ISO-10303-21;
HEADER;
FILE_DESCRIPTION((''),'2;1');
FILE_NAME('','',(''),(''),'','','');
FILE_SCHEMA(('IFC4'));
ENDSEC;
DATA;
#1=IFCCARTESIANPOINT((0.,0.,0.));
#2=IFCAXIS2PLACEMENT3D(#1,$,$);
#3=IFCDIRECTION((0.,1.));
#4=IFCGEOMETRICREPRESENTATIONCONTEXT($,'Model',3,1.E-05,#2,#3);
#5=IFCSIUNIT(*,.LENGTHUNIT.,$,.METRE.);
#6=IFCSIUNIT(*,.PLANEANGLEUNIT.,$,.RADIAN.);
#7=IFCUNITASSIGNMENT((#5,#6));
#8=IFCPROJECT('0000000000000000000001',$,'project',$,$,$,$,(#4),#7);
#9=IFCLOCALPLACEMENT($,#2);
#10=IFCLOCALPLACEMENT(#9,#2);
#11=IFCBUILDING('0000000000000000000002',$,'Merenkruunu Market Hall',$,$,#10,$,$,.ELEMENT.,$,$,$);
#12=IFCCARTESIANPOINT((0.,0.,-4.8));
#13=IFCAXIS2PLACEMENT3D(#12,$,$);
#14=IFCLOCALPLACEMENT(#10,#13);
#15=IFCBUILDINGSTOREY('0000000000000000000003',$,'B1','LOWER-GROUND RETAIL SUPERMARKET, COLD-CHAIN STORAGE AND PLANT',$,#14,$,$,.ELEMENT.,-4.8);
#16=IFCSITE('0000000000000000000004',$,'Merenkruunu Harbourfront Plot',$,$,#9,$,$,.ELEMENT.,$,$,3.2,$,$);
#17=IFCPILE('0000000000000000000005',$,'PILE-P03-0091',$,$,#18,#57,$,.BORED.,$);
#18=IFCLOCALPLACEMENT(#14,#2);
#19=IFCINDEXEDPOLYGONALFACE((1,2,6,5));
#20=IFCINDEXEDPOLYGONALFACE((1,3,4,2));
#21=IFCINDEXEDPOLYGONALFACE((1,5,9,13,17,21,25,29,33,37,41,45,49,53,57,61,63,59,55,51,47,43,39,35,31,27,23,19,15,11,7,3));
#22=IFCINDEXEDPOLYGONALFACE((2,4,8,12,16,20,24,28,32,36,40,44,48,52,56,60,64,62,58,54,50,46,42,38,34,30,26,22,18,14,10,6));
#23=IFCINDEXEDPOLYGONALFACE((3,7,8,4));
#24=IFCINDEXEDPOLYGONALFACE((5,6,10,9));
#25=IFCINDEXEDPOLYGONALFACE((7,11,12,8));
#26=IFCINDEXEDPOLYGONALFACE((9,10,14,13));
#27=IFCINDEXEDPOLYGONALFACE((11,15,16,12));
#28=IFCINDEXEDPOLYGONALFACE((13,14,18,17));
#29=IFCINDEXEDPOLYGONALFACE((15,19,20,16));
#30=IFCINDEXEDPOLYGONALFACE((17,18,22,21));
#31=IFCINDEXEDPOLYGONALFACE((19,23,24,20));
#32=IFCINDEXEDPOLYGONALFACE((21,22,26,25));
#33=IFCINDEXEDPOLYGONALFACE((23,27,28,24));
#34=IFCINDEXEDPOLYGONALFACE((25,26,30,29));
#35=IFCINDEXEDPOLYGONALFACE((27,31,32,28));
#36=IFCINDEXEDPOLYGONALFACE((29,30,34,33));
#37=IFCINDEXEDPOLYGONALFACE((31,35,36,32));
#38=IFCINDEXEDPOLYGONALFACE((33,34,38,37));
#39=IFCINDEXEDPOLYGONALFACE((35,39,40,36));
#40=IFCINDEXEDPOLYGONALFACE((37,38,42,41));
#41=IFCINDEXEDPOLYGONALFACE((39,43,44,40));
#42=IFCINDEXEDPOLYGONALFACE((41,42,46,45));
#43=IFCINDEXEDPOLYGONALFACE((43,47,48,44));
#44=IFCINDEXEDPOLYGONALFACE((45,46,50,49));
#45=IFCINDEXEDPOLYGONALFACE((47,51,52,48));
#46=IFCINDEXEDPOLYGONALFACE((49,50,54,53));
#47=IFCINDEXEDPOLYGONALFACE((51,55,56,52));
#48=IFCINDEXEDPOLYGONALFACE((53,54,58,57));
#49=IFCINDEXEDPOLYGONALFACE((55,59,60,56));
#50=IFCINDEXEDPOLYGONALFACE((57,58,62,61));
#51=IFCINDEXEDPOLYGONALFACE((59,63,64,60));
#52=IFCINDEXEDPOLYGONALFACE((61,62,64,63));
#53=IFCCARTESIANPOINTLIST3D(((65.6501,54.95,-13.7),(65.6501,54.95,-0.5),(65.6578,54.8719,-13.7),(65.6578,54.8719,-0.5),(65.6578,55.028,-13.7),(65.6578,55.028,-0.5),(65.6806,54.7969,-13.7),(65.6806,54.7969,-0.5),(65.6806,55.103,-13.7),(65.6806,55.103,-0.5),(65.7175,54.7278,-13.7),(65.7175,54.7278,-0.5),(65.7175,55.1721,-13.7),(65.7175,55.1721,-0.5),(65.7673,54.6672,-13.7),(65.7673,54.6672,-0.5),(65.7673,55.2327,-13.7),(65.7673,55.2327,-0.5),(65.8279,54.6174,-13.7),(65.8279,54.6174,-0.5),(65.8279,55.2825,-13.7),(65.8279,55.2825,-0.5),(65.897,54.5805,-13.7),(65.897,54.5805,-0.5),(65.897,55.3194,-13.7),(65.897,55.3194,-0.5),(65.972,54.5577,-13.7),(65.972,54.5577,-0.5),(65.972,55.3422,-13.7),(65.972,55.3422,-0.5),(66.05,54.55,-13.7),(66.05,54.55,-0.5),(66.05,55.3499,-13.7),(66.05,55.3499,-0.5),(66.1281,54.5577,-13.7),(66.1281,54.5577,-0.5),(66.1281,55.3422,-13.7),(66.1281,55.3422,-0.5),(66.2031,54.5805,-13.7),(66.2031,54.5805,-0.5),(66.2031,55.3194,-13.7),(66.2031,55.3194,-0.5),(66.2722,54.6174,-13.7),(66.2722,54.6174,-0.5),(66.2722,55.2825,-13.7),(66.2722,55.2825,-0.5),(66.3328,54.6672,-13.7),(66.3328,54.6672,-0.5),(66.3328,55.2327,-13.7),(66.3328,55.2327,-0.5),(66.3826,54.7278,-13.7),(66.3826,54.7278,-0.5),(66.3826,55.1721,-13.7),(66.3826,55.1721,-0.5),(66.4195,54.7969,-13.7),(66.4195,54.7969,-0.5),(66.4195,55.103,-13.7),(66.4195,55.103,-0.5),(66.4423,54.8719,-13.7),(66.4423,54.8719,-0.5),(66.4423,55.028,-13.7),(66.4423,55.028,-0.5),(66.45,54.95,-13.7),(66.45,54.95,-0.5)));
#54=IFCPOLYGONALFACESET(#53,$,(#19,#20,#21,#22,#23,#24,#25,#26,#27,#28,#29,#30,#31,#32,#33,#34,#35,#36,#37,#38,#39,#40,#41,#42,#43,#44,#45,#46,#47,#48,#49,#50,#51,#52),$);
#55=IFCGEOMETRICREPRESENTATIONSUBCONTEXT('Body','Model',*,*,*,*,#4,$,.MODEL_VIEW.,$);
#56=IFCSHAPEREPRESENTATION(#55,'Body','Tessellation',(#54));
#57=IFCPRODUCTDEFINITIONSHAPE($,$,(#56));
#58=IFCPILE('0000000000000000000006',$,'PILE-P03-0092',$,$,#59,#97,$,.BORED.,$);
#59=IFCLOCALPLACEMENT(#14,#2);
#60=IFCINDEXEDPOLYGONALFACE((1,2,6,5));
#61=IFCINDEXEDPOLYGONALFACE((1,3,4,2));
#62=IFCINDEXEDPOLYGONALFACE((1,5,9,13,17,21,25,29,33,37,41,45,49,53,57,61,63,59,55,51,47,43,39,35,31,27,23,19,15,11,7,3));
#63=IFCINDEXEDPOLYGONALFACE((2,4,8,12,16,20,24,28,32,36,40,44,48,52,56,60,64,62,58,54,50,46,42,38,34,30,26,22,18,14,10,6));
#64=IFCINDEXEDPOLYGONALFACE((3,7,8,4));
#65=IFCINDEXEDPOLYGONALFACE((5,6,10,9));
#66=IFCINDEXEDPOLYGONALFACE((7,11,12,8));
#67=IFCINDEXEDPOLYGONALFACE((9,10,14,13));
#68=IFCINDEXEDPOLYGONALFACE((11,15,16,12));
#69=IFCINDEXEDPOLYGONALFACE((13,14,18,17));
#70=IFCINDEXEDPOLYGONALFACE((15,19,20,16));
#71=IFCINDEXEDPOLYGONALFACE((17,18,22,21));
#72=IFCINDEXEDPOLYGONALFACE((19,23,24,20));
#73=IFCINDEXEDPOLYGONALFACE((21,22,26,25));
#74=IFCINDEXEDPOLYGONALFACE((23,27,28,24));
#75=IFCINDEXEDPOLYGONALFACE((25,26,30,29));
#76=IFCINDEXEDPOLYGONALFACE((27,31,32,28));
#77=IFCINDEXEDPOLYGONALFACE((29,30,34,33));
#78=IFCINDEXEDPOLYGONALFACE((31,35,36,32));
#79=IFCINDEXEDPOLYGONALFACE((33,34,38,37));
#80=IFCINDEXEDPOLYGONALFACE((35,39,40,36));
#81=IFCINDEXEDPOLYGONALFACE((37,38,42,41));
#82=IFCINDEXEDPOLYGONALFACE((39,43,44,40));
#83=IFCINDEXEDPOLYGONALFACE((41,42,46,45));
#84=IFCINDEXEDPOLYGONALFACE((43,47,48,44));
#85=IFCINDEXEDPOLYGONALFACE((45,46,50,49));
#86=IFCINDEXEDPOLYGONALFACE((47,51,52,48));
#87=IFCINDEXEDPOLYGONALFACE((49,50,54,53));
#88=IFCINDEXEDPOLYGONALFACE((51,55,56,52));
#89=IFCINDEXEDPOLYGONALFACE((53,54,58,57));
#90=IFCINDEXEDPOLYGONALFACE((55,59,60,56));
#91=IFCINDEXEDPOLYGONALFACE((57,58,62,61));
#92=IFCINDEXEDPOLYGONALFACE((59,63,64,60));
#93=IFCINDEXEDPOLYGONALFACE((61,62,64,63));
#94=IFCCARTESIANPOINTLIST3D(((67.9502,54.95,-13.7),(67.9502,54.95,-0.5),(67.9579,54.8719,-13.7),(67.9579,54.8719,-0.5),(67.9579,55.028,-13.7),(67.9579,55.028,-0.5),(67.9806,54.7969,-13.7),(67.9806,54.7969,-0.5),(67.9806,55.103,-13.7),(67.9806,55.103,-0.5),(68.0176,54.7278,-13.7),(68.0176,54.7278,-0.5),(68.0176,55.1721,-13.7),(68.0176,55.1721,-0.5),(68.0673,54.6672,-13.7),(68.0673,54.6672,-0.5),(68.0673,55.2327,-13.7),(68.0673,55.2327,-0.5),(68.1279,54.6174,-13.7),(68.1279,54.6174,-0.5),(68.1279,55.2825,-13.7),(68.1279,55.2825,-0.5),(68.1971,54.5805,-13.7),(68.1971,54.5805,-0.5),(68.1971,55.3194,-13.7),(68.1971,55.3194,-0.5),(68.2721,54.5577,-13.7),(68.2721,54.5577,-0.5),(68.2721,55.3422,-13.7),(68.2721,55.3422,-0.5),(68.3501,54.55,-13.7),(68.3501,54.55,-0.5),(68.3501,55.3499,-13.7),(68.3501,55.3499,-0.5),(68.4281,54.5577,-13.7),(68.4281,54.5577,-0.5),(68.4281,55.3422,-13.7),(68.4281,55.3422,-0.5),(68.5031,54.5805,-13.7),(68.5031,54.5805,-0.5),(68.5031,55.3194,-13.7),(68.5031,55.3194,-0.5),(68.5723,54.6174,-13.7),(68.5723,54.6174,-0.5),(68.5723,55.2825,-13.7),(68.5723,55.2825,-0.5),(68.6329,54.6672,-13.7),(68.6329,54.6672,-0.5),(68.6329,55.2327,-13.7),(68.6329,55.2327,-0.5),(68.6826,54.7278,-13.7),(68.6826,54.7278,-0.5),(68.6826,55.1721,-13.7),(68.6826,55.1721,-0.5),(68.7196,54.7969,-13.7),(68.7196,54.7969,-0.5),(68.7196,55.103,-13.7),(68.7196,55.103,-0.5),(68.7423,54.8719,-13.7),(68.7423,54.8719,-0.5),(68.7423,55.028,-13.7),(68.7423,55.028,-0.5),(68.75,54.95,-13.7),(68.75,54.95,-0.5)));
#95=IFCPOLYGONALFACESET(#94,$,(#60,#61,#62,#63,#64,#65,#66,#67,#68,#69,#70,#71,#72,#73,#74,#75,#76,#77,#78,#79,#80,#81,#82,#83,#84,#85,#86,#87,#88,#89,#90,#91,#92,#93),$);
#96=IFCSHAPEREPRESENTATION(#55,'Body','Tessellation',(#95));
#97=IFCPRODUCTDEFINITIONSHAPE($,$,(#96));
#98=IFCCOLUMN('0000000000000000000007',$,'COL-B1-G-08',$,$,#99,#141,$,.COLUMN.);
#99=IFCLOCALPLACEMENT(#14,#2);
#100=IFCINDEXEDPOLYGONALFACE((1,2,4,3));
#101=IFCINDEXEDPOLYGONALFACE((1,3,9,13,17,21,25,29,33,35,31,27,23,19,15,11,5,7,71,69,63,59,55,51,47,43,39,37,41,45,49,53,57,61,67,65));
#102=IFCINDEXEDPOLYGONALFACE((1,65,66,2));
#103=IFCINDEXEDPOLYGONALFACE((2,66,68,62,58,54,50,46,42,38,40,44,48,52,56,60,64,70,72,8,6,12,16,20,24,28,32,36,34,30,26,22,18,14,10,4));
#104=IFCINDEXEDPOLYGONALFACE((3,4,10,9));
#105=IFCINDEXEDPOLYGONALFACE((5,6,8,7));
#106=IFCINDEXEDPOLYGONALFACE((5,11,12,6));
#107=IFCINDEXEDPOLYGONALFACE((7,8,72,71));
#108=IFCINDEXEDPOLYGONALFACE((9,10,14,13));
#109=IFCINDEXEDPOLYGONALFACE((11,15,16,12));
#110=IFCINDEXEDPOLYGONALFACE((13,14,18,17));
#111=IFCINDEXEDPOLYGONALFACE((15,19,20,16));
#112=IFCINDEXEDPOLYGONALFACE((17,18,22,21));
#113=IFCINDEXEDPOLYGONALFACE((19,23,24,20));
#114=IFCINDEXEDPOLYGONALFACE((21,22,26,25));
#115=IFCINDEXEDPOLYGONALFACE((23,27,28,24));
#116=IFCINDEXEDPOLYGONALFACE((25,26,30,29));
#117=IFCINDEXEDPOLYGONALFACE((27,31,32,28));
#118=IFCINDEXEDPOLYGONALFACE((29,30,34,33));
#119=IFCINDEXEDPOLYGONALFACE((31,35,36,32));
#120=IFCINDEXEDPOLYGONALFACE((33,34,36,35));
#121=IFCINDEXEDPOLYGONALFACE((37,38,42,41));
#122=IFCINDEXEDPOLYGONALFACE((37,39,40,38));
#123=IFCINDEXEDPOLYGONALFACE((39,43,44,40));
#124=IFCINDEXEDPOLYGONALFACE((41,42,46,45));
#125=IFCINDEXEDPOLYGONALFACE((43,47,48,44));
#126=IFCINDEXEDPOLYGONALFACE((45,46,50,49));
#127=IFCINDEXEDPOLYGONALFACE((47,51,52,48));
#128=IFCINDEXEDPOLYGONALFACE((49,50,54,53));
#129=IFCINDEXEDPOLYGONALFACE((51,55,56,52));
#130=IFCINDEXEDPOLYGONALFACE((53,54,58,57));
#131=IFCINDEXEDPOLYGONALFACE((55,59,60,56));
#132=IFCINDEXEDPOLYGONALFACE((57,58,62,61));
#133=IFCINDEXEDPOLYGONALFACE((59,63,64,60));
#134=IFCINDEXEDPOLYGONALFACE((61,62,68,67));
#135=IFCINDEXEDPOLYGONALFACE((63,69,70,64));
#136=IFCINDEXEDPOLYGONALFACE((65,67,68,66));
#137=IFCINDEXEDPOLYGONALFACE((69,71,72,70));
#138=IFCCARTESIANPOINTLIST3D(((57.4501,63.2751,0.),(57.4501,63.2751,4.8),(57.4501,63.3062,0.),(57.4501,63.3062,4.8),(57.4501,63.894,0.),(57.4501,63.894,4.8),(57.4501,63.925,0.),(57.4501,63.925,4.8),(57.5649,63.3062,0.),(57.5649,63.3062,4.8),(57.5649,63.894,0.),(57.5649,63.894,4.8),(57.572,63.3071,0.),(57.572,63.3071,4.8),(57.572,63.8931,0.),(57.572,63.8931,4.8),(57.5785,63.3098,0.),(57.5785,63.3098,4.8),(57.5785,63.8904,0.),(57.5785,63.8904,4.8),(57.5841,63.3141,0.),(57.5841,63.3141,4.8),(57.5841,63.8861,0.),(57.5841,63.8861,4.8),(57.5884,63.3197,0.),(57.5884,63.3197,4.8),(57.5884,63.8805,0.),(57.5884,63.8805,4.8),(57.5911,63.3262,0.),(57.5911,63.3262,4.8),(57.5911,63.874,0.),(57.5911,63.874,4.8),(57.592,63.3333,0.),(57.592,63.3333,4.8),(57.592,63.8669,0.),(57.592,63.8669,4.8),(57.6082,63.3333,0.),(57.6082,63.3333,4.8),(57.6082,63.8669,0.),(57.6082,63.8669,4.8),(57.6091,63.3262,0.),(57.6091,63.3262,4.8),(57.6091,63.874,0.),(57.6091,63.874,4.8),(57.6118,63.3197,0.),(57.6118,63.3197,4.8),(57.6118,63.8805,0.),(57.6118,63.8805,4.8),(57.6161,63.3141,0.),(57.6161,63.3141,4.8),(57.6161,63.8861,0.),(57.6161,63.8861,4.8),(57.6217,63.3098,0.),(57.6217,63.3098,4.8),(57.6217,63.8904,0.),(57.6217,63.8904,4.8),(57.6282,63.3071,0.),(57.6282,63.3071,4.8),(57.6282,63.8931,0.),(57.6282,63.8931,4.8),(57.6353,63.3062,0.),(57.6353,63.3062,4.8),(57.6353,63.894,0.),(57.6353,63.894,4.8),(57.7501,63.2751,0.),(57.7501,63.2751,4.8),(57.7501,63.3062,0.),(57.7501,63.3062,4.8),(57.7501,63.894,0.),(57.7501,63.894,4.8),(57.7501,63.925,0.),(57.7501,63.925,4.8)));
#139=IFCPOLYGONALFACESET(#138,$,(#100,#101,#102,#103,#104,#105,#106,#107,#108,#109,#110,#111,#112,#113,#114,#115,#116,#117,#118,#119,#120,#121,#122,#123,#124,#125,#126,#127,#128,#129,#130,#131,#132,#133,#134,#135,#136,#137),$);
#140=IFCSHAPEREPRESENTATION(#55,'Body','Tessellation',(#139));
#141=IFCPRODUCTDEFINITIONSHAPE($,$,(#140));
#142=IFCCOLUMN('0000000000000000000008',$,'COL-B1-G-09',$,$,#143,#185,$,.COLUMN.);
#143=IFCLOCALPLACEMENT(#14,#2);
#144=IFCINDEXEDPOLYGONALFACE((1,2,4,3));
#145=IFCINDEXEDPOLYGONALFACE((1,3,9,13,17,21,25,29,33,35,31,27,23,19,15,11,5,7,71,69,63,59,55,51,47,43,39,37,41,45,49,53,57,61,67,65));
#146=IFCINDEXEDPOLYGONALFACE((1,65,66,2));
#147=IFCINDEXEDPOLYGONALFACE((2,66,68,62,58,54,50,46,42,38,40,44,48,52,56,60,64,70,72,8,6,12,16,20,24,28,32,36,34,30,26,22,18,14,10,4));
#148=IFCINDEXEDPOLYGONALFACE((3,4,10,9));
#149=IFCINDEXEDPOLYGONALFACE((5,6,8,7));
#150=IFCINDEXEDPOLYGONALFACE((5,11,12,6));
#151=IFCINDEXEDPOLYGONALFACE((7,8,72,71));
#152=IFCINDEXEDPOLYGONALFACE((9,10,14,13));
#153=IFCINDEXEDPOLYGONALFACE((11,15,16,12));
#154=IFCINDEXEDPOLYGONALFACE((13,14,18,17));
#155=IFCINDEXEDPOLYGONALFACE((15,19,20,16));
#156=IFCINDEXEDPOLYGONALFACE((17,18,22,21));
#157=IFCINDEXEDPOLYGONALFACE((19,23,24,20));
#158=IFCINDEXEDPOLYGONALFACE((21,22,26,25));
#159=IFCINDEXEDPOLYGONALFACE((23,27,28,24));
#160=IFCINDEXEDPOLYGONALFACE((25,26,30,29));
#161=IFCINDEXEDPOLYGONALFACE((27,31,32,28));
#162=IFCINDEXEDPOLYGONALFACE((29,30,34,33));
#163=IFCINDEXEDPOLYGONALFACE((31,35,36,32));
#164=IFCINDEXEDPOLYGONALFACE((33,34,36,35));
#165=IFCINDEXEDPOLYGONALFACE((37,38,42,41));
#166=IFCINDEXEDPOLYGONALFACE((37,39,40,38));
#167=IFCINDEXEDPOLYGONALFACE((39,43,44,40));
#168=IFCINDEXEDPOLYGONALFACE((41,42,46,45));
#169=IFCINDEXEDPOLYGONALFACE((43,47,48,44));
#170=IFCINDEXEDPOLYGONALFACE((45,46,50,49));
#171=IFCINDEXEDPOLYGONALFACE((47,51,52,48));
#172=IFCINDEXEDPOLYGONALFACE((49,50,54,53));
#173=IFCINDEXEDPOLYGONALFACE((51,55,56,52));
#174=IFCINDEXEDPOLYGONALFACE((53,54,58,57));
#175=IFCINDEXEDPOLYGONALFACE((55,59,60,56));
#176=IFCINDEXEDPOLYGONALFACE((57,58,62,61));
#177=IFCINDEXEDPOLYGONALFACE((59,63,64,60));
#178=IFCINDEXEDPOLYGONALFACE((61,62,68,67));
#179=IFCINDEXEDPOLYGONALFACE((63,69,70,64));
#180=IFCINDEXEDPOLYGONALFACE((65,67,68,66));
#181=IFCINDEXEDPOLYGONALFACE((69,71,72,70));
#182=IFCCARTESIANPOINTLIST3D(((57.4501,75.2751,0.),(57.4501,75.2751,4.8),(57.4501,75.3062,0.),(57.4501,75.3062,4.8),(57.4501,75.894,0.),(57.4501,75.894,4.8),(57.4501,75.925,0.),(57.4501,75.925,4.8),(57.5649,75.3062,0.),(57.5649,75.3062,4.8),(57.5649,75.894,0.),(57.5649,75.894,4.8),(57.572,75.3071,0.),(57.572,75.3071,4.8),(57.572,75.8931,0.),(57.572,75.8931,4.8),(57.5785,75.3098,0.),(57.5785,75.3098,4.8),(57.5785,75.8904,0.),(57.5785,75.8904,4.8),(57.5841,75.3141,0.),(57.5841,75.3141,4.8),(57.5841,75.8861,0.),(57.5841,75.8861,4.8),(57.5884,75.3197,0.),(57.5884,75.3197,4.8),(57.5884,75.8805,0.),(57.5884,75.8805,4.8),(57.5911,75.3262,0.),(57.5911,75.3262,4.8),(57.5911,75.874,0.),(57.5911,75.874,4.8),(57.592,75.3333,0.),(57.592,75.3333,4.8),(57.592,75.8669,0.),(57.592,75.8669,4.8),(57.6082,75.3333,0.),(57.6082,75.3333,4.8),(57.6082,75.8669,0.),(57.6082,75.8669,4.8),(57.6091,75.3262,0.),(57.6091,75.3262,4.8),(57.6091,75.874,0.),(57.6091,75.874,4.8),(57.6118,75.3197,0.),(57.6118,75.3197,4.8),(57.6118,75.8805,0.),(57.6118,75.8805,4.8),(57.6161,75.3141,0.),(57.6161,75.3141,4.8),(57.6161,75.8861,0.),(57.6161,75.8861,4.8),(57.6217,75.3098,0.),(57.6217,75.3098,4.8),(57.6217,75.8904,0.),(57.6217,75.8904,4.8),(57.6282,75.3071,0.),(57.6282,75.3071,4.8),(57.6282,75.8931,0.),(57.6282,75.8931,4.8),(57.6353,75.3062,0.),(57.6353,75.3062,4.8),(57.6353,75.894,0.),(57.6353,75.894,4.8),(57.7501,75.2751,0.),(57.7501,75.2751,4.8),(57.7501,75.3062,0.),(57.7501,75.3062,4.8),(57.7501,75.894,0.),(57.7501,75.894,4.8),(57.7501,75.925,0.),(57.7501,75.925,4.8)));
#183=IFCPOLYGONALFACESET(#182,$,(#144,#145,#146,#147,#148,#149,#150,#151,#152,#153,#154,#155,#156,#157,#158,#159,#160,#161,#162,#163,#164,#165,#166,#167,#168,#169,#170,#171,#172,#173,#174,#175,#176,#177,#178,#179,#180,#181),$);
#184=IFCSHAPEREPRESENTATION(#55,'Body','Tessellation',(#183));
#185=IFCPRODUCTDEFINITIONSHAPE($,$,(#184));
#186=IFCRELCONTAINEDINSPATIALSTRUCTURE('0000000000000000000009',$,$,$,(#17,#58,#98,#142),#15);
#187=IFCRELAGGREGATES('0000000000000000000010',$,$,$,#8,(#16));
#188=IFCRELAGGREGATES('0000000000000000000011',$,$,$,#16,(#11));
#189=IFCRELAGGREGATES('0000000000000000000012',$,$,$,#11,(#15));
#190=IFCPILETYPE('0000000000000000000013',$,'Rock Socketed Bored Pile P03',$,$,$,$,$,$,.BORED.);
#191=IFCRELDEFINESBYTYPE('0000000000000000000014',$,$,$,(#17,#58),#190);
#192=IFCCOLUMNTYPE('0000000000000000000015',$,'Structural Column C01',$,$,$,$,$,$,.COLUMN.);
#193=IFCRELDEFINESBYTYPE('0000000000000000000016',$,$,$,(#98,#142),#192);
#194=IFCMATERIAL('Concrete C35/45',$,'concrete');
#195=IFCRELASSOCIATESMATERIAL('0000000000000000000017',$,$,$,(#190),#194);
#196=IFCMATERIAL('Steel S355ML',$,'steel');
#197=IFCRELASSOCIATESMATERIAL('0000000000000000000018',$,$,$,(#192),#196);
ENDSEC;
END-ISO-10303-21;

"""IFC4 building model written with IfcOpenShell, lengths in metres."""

from ifc_helpers import new_model, si_unit, direction, frame, origin, origin_2d, place, context, subcontext, project, spatial, circle, i_section, extrude, material, material_profile, profile_set, type_object, element, save


model = new_model("IFC4")

# Units and contexts
model_context = context("Model", 3, precision=1e-05, world=origin(), true_north=direction((0.0, 1.0)))
body_context = subcontext(model_context, "Body", "Model", "MODEL_VIEW")
ifc_project = project(units=[si_unit("LENGTHUNIT", "METRE"), si_unit("PLANEANGLEUNIT", "RADIAN")], contexts=[model_context])

# Site, building, storey
site_placement = place(None, origin())
site = spatial("IfcSite", under=ifc_project, at=site_placement, Name="Merenkruunu Harbourfront Plot", CompositionType="ELEMENT", RefElevation=3.2)
building_placement = place(site_placement, origin())
building = spatial("IfcBuilding", under=site, at=building_placement, Name="Merenkruunu Market Hall", CompositionType="ELEMENT")
storey_placement = place(building_placement, frame((0.0, 0.0, -4.8)))
storey = spatial("IfcBuildingStorey", under=building, at=storey_placement, Name="B1", Description="LOWER-GROUND RETAIL SUPERMARKET, COLD-CHAIN STORAGE AND PLANT", CompositionType="ELEMENT", Elevation=-4.8)

# Piles
ifc_material_1 = material(Name="Concrete C35/45", Category="concrete")
ifc_material_profile_1 = material_profile(ifc_material_1, circle(Radius=0.3999, at=origin_2d()), Name="BORED PILE 800")
ifc_profile_set_1 = profile_set([ifc_material_profile_1], Name="Concrete C35/45")
pile_type_1 = type_object("IfcPileType", Name="Rock Socketed Bored Pile P03", PredefinedType="BORED", material=ifc_profile_set_1)
for number, where, z_axis, x_axis, name in (
    (1, (66.05, 54.95, -0.5), (0.0, 0.0, -1.0), (1.0, 0.0, 0.0), "PILE-P03-0091"),
    (2, (68.3501, 54.95, -0.5), (0.0, 0.0, -1.0), (1.0, 0.0, 0.0), "PILE-P03-0092"),
):
    element("IfcPile", number, at=place(storey_placement, frame(where, z_axis=z_axis, x_axis=x_axis)), inside=storey, type_object=pile_type_1, Name=name, PredefinedType="BORED", context=body_context, shape_type="SweptSolid", body=[
        extrude(circle(Radius=0.3999, at=origin_2d()), origin(), (0.0, 0.0, 1.0), 13.2),
    ])

# Columns
ifc_material_2 = material(Name="Steel S355ML", Category="steel")
ifc_material_profile_2 = material_profile(ifc_material_2, i_section(OverallWidth=0.3, OverallDepth=0.6499, WebThickness=0.0161, FlangeThickness=0.031, FilletRadius=0.0271, at=origin_2d()), Name="HEB 650")
ifc_profile_set_2 = profile_set([ifc_material_profile_2], Name="Steel S355ML")
column_type_1 = type_object("IfcColumnType", Name="Structural Column C01", PredefinedType="COLUMN", material=ifc_profile_set_2)
for number, where, z_axis, x_axis, name in (
    (3, (57.6001, 63.6001, 0.0), (0.0, 0.0, 1.0), (1.0, 0.0, 0.0), "COL-B1-G-08"),
    (4, (57.6001, 75.6001, 0.0), (0.0, 0.0, 1.0), (1.0, 0.0, 0.0), "COL-B1-G-09"),
):
    element("IfcColumn", number, at=place(storey_placement, frame(where, z_axis=z_axis, x_axis=x_axis)), inside=storey, type_object=column_type_1, Name=name, PredefinedType="COLUMN", context=body_context, shape_type="SweptSolid", body=[
        extrude(i_section(OverallWidth=0.3, OverallDepth=0.6499, WebThickness=0.0161, FlangeThickness=0.031, FilletRadius=0.0271, at=origin_2d()), origin(), (0.0, 0.0, 1.0), 4.8),
    ])

save(model, "model.ifc")
